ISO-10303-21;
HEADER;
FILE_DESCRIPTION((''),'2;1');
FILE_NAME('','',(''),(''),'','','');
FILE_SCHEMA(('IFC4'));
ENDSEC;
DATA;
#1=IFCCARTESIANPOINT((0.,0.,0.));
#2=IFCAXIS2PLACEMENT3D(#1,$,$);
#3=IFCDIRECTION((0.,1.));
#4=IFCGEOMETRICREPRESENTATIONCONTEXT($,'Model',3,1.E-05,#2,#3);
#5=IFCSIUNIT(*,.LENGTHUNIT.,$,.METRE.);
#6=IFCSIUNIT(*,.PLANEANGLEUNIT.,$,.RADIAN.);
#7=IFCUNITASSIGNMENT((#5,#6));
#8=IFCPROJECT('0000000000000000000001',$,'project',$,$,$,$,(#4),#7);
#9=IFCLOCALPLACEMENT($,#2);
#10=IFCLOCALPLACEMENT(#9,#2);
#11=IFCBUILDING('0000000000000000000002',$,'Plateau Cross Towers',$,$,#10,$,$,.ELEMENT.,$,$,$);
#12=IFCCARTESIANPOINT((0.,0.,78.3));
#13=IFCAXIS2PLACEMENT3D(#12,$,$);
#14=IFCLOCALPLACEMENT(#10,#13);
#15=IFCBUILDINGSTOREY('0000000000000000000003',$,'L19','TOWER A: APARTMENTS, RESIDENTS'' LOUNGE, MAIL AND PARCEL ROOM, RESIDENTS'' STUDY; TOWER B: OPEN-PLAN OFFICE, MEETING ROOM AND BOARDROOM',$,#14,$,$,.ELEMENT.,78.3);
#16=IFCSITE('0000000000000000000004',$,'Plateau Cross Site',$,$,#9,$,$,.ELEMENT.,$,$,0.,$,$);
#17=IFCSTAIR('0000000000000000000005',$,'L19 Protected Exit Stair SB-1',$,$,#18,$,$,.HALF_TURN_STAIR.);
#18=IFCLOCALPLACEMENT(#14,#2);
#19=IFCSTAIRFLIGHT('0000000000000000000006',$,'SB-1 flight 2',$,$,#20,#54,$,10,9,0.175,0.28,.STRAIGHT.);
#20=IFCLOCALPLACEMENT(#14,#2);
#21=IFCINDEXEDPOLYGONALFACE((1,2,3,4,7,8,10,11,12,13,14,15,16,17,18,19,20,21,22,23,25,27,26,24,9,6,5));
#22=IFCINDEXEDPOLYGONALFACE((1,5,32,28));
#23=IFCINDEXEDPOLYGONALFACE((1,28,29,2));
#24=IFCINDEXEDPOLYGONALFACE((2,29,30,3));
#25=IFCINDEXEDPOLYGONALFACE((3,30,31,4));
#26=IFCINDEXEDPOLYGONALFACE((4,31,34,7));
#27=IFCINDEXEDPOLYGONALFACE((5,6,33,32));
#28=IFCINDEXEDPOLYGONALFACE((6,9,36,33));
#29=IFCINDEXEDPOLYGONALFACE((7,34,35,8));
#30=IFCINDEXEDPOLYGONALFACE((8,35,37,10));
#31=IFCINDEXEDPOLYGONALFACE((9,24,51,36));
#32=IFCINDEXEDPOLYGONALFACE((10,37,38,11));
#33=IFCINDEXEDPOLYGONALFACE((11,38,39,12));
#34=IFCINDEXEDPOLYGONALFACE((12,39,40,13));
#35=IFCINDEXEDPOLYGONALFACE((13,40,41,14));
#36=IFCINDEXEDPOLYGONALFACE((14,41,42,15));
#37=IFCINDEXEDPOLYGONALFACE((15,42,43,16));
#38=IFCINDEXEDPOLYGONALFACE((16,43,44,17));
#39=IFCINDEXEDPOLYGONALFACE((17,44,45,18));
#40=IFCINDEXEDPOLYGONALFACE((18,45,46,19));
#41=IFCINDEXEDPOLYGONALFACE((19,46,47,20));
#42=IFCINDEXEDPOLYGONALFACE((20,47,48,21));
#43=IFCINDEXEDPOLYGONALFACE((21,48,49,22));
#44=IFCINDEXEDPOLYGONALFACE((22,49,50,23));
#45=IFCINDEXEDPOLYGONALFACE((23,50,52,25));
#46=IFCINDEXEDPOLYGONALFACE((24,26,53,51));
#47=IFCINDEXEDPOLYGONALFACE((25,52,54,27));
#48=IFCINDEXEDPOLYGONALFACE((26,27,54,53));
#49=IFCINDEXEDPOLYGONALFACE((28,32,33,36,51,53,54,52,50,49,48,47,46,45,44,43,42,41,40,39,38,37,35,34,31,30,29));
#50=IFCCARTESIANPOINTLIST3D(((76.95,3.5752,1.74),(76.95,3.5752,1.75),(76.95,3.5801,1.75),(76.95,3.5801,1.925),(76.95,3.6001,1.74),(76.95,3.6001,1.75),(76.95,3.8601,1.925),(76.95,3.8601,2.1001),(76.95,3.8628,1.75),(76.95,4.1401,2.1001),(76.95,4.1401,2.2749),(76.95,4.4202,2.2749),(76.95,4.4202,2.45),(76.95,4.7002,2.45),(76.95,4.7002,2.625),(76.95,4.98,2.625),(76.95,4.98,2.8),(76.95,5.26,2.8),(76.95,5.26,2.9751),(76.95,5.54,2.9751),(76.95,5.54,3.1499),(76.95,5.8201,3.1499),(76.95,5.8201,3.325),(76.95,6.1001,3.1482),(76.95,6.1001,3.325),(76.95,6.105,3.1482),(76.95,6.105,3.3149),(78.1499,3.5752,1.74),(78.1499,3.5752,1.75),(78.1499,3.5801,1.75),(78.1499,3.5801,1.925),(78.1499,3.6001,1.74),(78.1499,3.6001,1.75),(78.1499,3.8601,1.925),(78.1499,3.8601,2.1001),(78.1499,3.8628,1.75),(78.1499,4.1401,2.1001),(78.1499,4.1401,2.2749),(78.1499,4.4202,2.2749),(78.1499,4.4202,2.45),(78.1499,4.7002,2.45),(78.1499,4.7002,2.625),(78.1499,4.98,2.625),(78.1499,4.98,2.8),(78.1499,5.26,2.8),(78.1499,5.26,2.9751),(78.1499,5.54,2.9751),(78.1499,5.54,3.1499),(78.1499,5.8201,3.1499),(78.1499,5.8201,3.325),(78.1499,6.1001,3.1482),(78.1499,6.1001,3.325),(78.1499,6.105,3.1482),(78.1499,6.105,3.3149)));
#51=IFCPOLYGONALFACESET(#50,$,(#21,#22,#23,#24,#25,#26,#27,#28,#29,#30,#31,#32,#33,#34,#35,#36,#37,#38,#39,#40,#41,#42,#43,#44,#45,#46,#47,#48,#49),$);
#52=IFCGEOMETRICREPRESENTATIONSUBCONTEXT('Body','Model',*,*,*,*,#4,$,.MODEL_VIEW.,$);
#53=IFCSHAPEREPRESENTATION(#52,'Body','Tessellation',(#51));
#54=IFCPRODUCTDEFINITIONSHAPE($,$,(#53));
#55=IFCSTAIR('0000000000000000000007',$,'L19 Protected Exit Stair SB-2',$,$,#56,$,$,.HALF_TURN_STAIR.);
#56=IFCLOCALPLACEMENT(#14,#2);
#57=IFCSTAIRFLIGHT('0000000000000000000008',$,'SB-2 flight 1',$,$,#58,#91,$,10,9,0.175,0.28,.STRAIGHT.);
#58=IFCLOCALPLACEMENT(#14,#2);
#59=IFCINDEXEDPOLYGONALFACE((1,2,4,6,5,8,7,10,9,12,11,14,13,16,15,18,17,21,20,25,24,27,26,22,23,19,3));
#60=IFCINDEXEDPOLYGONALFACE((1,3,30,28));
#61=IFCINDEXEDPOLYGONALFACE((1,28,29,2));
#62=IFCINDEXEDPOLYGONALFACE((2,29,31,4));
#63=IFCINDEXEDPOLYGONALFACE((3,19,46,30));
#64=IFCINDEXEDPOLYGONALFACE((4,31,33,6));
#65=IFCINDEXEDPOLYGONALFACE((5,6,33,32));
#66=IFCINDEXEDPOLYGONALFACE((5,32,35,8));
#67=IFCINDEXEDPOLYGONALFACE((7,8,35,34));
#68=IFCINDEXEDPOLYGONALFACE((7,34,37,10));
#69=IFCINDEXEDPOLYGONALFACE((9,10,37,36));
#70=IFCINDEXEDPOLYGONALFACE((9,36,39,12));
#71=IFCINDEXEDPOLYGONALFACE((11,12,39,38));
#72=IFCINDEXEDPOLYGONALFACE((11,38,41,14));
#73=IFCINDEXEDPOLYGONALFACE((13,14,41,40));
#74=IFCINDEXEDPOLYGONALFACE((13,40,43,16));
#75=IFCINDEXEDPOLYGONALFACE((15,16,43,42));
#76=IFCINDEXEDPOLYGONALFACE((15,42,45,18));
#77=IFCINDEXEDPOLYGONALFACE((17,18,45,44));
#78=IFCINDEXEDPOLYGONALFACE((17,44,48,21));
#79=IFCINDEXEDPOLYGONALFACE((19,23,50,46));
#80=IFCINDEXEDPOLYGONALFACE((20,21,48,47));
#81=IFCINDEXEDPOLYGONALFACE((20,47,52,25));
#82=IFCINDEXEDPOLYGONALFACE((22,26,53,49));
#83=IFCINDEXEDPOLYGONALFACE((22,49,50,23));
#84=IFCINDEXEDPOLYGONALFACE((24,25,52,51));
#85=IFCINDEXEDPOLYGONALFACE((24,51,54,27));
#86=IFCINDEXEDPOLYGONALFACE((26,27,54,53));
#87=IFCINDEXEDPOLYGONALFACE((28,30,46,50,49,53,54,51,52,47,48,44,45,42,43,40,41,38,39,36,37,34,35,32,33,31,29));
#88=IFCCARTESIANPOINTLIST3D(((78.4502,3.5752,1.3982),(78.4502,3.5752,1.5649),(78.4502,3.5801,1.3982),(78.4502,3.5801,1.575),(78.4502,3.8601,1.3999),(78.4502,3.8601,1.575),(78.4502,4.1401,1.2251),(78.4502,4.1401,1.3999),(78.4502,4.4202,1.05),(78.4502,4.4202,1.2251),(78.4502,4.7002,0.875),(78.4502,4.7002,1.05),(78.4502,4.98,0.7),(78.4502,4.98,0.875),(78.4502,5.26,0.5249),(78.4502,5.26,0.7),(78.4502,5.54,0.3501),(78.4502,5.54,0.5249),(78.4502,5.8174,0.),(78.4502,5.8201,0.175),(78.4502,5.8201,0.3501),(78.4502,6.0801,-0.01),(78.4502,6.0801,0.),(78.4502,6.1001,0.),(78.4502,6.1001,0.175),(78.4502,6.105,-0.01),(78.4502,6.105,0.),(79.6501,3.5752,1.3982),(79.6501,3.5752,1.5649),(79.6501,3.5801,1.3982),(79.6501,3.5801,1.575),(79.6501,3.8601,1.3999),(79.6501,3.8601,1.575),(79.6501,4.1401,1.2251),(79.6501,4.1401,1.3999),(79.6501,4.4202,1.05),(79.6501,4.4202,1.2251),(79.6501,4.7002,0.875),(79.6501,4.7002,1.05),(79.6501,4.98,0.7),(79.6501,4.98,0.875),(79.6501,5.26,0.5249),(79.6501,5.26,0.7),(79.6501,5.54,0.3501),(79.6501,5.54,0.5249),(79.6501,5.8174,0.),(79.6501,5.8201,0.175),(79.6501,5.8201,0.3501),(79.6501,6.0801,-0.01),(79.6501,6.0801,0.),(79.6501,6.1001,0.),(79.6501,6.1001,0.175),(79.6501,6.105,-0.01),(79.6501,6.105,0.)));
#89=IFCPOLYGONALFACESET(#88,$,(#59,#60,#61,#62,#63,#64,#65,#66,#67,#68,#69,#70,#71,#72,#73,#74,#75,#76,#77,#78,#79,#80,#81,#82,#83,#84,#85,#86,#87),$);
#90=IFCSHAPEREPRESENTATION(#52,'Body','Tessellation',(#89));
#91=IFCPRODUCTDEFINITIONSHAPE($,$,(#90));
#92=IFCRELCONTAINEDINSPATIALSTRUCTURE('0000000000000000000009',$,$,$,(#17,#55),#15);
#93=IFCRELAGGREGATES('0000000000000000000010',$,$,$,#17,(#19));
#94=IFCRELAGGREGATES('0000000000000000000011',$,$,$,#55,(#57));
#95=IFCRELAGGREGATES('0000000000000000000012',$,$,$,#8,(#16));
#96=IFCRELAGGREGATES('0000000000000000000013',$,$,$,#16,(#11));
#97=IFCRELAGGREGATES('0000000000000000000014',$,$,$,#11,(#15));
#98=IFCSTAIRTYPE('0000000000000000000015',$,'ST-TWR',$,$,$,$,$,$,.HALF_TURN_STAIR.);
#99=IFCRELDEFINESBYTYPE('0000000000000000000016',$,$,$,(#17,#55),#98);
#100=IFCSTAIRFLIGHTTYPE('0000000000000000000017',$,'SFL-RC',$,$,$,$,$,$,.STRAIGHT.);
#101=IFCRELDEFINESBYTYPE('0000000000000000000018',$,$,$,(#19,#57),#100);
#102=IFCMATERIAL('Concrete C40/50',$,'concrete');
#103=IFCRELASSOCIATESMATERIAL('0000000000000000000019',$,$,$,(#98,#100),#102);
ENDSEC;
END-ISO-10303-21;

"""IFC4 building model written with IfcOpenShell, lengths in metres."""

from ifc_helpers import new_model, si_unit, direction, frame, origin, place, context, subcontext, project, spatial, polyline, outline, extrude, material, type_object, element, aggregate, save


model = new_model("IFC4")

# Units and contexts
model_context = context("Model", 3, precision=1e-05, world=origin(), true_north=direction((0.0, 1.0)))
body_context = subcontext(model_context, "Body", "Model", "MODEL_VIEW")
ifc_project = project(units=[si_unit("LENGTHUNIT", "METRE"), si_unit("PLANEANGLEUNIT", "RADIAN")], contexts=[model_context])

# Site, building, storey
site_placement = place(None, origin())
site = spatial("IfcSite", under=ifc_project, at=site_placement, Name="Plateau Cross Site", CompositionType="ELEMENT", RefElevation=0.0)
building_placement = place(site_placement, origin())
building = spatial("IfcBuilding", under=site, at=building_placement, Name="Plateau Cross Towers", CompositionType="ELEMENT")
storey_placement = place(building_placement, frame((0.0, 0.0, 78.3)))
storey = spatial("IfcBuildingStorey", under=building, at=storey_placement, Name="L19", Description="TOWER A: APARTMENTS, RESIDENTS' LOUNGE, MAIL AND PARCEL ROOM, RESIDENTS' STUDY; TOWER B: OPEN-PLAN OFFICE, MEETING ROOM AND BOARDROOM", CompositionType="ELEMENT", Elevation=78.3)

# Stair, stair flight
ifc_material_1 = material(Name="Concrete C40/50", Category="concrete")
stair_type = type_object("IfcStairType", Name="ST-TWR", PredefinedType="HALF_TURN_STAIR", material=ifc_material_1)
stair_1_placement = place(storey_placement, origin())
stair_1 = element("IfcStair", 1, at=stair_1_placement, inside=storey, type_object=stair_type, Name="L19 Protected Exit Stair SB-1", PredefinedType="HALF_TURN_STAIR")
stair_flight_type = type_object("IfcStairFlightType", Name="SFL-RC", PredefinedType="STRAIGHT", material=ifc_material_1)
stair_flight_1_placement = place(storey_placement, frame((77.55, 3.5801, 1.75), z_axis=(0.0, 0.0, 1.0), x_axis=(0.0, 1.0, 0.0)))
stair_flight_1 = element("IfcStairFlight", 2, at=stair_flight_1_placement, type_object=stair_flight_type, Name="SB-1 flight 2", NumberOfRisers=10, NumberOfTreads=9, PredefinedType="STRAIGHT", RiserHeight=0.175, TreadLength=0.28, context=body_context, shape_type="SweptSolid", body=[
    extrude(outline(polyline([(-0.0049, -0.01), (-0.0049, 0.0), (0.0, 0.0), (0.0, 0.175), (0.28, 0.175), (0.28, 0.3501), (0.5601, 0.3501), (0.5601, 0.5249), (0.8401, 0.5249), (0.8401, 0.7), (1.1201, 0.7), (1.1201, 0.875), (1.3999, 0.875), (1.3999, 1.05), (1.6799, 1.05), (1.6799, 1.2251), (1.96, 1.2251), (1.96, 1.3999), (2.24, 1.3999), (2.24, 1.575), (2.52, 1.575), (2.5249, 1.5649), (2.5249, 1.3982), (2.52, 1.3982), (0.2827, 0.0), (0.02, 0.0), (0.02, -0.01), (-0.0049, -0.01)])), frame((0.0, 0.6001, 0.0), z_axis=(0.0, -1.0, 0.0), x_axis=(1.0, 0.0, 0.0)), (0.0, 0.0, 1.0), 1.2),
])
aggregate(stair_1, [stair_flight_1])

# Stair, stair flight
stair_2_placement = place(storey_placement, origin())
stair_2 = element("IfcStair", 3, at=stair_2_placement, inside=storey, type_object=stair_type, Name="L19 Protected Exit Stair SB-2", PredefinedType="HALF_TURN_STAIR")
stair_flight_2_placement = place(storey_placement, frame((79.05, 6.1001, 0.0), z_axis=(0.0, 0.0, 1.0), x_axis=(0.0, -1.0, 0.0)))
stair_flight_2 = element("IfcStairFlight", 4, at=stair_flight_2_placement, type_object=stair_flight_type, Name="SB-2 flight 1", NumberOfRisers=10, NumberOfTreads=9, PredefinedType="STRAIGHT", RiserHeight=0.175, TreadLength=0.28, context=body_context, shape_type="SweptSolid", body=[
    extrude(outline(polyline([(-0.0049, -0.01), (-0.0049, 0.0), (0.0, 0.0), (0.0, 0.175), (0.28, 0.175), (0.28, 0.3501), (0.5601, 0.3501), (0.5601, 0.5249), (0.8401, 0.5249), (0.8401, 0.7), (1.1201, 0.7), (1.1201, 0.875), (1.3999, 0.875), (1.3999, 1.05), (1.6799, 1.05), (1.6799, 1.2251), (1.96, 1.2251), (1.96, 1.3999), (2.24, 1.3999), (2.24, 1.575), (2.52, 1.575), (2.5249, 1.5649), (2.5249, 1.3982), (2.52, 1.3982), (0.2827, 0.0), (0.02, 0.0), (0.02, -0.01), (-0.0049, -0.01)])), frame((0.0, 0.6001, 0.0), z_axis=(0.0, -1.0, 0.0), x_axis=(1.0, 0.0, 0.0)), (0.0, 0.0, 1.0), 1.2),
])
aggregate(stair_2, [stair_flight_2])

save(model, "model.ifc")
